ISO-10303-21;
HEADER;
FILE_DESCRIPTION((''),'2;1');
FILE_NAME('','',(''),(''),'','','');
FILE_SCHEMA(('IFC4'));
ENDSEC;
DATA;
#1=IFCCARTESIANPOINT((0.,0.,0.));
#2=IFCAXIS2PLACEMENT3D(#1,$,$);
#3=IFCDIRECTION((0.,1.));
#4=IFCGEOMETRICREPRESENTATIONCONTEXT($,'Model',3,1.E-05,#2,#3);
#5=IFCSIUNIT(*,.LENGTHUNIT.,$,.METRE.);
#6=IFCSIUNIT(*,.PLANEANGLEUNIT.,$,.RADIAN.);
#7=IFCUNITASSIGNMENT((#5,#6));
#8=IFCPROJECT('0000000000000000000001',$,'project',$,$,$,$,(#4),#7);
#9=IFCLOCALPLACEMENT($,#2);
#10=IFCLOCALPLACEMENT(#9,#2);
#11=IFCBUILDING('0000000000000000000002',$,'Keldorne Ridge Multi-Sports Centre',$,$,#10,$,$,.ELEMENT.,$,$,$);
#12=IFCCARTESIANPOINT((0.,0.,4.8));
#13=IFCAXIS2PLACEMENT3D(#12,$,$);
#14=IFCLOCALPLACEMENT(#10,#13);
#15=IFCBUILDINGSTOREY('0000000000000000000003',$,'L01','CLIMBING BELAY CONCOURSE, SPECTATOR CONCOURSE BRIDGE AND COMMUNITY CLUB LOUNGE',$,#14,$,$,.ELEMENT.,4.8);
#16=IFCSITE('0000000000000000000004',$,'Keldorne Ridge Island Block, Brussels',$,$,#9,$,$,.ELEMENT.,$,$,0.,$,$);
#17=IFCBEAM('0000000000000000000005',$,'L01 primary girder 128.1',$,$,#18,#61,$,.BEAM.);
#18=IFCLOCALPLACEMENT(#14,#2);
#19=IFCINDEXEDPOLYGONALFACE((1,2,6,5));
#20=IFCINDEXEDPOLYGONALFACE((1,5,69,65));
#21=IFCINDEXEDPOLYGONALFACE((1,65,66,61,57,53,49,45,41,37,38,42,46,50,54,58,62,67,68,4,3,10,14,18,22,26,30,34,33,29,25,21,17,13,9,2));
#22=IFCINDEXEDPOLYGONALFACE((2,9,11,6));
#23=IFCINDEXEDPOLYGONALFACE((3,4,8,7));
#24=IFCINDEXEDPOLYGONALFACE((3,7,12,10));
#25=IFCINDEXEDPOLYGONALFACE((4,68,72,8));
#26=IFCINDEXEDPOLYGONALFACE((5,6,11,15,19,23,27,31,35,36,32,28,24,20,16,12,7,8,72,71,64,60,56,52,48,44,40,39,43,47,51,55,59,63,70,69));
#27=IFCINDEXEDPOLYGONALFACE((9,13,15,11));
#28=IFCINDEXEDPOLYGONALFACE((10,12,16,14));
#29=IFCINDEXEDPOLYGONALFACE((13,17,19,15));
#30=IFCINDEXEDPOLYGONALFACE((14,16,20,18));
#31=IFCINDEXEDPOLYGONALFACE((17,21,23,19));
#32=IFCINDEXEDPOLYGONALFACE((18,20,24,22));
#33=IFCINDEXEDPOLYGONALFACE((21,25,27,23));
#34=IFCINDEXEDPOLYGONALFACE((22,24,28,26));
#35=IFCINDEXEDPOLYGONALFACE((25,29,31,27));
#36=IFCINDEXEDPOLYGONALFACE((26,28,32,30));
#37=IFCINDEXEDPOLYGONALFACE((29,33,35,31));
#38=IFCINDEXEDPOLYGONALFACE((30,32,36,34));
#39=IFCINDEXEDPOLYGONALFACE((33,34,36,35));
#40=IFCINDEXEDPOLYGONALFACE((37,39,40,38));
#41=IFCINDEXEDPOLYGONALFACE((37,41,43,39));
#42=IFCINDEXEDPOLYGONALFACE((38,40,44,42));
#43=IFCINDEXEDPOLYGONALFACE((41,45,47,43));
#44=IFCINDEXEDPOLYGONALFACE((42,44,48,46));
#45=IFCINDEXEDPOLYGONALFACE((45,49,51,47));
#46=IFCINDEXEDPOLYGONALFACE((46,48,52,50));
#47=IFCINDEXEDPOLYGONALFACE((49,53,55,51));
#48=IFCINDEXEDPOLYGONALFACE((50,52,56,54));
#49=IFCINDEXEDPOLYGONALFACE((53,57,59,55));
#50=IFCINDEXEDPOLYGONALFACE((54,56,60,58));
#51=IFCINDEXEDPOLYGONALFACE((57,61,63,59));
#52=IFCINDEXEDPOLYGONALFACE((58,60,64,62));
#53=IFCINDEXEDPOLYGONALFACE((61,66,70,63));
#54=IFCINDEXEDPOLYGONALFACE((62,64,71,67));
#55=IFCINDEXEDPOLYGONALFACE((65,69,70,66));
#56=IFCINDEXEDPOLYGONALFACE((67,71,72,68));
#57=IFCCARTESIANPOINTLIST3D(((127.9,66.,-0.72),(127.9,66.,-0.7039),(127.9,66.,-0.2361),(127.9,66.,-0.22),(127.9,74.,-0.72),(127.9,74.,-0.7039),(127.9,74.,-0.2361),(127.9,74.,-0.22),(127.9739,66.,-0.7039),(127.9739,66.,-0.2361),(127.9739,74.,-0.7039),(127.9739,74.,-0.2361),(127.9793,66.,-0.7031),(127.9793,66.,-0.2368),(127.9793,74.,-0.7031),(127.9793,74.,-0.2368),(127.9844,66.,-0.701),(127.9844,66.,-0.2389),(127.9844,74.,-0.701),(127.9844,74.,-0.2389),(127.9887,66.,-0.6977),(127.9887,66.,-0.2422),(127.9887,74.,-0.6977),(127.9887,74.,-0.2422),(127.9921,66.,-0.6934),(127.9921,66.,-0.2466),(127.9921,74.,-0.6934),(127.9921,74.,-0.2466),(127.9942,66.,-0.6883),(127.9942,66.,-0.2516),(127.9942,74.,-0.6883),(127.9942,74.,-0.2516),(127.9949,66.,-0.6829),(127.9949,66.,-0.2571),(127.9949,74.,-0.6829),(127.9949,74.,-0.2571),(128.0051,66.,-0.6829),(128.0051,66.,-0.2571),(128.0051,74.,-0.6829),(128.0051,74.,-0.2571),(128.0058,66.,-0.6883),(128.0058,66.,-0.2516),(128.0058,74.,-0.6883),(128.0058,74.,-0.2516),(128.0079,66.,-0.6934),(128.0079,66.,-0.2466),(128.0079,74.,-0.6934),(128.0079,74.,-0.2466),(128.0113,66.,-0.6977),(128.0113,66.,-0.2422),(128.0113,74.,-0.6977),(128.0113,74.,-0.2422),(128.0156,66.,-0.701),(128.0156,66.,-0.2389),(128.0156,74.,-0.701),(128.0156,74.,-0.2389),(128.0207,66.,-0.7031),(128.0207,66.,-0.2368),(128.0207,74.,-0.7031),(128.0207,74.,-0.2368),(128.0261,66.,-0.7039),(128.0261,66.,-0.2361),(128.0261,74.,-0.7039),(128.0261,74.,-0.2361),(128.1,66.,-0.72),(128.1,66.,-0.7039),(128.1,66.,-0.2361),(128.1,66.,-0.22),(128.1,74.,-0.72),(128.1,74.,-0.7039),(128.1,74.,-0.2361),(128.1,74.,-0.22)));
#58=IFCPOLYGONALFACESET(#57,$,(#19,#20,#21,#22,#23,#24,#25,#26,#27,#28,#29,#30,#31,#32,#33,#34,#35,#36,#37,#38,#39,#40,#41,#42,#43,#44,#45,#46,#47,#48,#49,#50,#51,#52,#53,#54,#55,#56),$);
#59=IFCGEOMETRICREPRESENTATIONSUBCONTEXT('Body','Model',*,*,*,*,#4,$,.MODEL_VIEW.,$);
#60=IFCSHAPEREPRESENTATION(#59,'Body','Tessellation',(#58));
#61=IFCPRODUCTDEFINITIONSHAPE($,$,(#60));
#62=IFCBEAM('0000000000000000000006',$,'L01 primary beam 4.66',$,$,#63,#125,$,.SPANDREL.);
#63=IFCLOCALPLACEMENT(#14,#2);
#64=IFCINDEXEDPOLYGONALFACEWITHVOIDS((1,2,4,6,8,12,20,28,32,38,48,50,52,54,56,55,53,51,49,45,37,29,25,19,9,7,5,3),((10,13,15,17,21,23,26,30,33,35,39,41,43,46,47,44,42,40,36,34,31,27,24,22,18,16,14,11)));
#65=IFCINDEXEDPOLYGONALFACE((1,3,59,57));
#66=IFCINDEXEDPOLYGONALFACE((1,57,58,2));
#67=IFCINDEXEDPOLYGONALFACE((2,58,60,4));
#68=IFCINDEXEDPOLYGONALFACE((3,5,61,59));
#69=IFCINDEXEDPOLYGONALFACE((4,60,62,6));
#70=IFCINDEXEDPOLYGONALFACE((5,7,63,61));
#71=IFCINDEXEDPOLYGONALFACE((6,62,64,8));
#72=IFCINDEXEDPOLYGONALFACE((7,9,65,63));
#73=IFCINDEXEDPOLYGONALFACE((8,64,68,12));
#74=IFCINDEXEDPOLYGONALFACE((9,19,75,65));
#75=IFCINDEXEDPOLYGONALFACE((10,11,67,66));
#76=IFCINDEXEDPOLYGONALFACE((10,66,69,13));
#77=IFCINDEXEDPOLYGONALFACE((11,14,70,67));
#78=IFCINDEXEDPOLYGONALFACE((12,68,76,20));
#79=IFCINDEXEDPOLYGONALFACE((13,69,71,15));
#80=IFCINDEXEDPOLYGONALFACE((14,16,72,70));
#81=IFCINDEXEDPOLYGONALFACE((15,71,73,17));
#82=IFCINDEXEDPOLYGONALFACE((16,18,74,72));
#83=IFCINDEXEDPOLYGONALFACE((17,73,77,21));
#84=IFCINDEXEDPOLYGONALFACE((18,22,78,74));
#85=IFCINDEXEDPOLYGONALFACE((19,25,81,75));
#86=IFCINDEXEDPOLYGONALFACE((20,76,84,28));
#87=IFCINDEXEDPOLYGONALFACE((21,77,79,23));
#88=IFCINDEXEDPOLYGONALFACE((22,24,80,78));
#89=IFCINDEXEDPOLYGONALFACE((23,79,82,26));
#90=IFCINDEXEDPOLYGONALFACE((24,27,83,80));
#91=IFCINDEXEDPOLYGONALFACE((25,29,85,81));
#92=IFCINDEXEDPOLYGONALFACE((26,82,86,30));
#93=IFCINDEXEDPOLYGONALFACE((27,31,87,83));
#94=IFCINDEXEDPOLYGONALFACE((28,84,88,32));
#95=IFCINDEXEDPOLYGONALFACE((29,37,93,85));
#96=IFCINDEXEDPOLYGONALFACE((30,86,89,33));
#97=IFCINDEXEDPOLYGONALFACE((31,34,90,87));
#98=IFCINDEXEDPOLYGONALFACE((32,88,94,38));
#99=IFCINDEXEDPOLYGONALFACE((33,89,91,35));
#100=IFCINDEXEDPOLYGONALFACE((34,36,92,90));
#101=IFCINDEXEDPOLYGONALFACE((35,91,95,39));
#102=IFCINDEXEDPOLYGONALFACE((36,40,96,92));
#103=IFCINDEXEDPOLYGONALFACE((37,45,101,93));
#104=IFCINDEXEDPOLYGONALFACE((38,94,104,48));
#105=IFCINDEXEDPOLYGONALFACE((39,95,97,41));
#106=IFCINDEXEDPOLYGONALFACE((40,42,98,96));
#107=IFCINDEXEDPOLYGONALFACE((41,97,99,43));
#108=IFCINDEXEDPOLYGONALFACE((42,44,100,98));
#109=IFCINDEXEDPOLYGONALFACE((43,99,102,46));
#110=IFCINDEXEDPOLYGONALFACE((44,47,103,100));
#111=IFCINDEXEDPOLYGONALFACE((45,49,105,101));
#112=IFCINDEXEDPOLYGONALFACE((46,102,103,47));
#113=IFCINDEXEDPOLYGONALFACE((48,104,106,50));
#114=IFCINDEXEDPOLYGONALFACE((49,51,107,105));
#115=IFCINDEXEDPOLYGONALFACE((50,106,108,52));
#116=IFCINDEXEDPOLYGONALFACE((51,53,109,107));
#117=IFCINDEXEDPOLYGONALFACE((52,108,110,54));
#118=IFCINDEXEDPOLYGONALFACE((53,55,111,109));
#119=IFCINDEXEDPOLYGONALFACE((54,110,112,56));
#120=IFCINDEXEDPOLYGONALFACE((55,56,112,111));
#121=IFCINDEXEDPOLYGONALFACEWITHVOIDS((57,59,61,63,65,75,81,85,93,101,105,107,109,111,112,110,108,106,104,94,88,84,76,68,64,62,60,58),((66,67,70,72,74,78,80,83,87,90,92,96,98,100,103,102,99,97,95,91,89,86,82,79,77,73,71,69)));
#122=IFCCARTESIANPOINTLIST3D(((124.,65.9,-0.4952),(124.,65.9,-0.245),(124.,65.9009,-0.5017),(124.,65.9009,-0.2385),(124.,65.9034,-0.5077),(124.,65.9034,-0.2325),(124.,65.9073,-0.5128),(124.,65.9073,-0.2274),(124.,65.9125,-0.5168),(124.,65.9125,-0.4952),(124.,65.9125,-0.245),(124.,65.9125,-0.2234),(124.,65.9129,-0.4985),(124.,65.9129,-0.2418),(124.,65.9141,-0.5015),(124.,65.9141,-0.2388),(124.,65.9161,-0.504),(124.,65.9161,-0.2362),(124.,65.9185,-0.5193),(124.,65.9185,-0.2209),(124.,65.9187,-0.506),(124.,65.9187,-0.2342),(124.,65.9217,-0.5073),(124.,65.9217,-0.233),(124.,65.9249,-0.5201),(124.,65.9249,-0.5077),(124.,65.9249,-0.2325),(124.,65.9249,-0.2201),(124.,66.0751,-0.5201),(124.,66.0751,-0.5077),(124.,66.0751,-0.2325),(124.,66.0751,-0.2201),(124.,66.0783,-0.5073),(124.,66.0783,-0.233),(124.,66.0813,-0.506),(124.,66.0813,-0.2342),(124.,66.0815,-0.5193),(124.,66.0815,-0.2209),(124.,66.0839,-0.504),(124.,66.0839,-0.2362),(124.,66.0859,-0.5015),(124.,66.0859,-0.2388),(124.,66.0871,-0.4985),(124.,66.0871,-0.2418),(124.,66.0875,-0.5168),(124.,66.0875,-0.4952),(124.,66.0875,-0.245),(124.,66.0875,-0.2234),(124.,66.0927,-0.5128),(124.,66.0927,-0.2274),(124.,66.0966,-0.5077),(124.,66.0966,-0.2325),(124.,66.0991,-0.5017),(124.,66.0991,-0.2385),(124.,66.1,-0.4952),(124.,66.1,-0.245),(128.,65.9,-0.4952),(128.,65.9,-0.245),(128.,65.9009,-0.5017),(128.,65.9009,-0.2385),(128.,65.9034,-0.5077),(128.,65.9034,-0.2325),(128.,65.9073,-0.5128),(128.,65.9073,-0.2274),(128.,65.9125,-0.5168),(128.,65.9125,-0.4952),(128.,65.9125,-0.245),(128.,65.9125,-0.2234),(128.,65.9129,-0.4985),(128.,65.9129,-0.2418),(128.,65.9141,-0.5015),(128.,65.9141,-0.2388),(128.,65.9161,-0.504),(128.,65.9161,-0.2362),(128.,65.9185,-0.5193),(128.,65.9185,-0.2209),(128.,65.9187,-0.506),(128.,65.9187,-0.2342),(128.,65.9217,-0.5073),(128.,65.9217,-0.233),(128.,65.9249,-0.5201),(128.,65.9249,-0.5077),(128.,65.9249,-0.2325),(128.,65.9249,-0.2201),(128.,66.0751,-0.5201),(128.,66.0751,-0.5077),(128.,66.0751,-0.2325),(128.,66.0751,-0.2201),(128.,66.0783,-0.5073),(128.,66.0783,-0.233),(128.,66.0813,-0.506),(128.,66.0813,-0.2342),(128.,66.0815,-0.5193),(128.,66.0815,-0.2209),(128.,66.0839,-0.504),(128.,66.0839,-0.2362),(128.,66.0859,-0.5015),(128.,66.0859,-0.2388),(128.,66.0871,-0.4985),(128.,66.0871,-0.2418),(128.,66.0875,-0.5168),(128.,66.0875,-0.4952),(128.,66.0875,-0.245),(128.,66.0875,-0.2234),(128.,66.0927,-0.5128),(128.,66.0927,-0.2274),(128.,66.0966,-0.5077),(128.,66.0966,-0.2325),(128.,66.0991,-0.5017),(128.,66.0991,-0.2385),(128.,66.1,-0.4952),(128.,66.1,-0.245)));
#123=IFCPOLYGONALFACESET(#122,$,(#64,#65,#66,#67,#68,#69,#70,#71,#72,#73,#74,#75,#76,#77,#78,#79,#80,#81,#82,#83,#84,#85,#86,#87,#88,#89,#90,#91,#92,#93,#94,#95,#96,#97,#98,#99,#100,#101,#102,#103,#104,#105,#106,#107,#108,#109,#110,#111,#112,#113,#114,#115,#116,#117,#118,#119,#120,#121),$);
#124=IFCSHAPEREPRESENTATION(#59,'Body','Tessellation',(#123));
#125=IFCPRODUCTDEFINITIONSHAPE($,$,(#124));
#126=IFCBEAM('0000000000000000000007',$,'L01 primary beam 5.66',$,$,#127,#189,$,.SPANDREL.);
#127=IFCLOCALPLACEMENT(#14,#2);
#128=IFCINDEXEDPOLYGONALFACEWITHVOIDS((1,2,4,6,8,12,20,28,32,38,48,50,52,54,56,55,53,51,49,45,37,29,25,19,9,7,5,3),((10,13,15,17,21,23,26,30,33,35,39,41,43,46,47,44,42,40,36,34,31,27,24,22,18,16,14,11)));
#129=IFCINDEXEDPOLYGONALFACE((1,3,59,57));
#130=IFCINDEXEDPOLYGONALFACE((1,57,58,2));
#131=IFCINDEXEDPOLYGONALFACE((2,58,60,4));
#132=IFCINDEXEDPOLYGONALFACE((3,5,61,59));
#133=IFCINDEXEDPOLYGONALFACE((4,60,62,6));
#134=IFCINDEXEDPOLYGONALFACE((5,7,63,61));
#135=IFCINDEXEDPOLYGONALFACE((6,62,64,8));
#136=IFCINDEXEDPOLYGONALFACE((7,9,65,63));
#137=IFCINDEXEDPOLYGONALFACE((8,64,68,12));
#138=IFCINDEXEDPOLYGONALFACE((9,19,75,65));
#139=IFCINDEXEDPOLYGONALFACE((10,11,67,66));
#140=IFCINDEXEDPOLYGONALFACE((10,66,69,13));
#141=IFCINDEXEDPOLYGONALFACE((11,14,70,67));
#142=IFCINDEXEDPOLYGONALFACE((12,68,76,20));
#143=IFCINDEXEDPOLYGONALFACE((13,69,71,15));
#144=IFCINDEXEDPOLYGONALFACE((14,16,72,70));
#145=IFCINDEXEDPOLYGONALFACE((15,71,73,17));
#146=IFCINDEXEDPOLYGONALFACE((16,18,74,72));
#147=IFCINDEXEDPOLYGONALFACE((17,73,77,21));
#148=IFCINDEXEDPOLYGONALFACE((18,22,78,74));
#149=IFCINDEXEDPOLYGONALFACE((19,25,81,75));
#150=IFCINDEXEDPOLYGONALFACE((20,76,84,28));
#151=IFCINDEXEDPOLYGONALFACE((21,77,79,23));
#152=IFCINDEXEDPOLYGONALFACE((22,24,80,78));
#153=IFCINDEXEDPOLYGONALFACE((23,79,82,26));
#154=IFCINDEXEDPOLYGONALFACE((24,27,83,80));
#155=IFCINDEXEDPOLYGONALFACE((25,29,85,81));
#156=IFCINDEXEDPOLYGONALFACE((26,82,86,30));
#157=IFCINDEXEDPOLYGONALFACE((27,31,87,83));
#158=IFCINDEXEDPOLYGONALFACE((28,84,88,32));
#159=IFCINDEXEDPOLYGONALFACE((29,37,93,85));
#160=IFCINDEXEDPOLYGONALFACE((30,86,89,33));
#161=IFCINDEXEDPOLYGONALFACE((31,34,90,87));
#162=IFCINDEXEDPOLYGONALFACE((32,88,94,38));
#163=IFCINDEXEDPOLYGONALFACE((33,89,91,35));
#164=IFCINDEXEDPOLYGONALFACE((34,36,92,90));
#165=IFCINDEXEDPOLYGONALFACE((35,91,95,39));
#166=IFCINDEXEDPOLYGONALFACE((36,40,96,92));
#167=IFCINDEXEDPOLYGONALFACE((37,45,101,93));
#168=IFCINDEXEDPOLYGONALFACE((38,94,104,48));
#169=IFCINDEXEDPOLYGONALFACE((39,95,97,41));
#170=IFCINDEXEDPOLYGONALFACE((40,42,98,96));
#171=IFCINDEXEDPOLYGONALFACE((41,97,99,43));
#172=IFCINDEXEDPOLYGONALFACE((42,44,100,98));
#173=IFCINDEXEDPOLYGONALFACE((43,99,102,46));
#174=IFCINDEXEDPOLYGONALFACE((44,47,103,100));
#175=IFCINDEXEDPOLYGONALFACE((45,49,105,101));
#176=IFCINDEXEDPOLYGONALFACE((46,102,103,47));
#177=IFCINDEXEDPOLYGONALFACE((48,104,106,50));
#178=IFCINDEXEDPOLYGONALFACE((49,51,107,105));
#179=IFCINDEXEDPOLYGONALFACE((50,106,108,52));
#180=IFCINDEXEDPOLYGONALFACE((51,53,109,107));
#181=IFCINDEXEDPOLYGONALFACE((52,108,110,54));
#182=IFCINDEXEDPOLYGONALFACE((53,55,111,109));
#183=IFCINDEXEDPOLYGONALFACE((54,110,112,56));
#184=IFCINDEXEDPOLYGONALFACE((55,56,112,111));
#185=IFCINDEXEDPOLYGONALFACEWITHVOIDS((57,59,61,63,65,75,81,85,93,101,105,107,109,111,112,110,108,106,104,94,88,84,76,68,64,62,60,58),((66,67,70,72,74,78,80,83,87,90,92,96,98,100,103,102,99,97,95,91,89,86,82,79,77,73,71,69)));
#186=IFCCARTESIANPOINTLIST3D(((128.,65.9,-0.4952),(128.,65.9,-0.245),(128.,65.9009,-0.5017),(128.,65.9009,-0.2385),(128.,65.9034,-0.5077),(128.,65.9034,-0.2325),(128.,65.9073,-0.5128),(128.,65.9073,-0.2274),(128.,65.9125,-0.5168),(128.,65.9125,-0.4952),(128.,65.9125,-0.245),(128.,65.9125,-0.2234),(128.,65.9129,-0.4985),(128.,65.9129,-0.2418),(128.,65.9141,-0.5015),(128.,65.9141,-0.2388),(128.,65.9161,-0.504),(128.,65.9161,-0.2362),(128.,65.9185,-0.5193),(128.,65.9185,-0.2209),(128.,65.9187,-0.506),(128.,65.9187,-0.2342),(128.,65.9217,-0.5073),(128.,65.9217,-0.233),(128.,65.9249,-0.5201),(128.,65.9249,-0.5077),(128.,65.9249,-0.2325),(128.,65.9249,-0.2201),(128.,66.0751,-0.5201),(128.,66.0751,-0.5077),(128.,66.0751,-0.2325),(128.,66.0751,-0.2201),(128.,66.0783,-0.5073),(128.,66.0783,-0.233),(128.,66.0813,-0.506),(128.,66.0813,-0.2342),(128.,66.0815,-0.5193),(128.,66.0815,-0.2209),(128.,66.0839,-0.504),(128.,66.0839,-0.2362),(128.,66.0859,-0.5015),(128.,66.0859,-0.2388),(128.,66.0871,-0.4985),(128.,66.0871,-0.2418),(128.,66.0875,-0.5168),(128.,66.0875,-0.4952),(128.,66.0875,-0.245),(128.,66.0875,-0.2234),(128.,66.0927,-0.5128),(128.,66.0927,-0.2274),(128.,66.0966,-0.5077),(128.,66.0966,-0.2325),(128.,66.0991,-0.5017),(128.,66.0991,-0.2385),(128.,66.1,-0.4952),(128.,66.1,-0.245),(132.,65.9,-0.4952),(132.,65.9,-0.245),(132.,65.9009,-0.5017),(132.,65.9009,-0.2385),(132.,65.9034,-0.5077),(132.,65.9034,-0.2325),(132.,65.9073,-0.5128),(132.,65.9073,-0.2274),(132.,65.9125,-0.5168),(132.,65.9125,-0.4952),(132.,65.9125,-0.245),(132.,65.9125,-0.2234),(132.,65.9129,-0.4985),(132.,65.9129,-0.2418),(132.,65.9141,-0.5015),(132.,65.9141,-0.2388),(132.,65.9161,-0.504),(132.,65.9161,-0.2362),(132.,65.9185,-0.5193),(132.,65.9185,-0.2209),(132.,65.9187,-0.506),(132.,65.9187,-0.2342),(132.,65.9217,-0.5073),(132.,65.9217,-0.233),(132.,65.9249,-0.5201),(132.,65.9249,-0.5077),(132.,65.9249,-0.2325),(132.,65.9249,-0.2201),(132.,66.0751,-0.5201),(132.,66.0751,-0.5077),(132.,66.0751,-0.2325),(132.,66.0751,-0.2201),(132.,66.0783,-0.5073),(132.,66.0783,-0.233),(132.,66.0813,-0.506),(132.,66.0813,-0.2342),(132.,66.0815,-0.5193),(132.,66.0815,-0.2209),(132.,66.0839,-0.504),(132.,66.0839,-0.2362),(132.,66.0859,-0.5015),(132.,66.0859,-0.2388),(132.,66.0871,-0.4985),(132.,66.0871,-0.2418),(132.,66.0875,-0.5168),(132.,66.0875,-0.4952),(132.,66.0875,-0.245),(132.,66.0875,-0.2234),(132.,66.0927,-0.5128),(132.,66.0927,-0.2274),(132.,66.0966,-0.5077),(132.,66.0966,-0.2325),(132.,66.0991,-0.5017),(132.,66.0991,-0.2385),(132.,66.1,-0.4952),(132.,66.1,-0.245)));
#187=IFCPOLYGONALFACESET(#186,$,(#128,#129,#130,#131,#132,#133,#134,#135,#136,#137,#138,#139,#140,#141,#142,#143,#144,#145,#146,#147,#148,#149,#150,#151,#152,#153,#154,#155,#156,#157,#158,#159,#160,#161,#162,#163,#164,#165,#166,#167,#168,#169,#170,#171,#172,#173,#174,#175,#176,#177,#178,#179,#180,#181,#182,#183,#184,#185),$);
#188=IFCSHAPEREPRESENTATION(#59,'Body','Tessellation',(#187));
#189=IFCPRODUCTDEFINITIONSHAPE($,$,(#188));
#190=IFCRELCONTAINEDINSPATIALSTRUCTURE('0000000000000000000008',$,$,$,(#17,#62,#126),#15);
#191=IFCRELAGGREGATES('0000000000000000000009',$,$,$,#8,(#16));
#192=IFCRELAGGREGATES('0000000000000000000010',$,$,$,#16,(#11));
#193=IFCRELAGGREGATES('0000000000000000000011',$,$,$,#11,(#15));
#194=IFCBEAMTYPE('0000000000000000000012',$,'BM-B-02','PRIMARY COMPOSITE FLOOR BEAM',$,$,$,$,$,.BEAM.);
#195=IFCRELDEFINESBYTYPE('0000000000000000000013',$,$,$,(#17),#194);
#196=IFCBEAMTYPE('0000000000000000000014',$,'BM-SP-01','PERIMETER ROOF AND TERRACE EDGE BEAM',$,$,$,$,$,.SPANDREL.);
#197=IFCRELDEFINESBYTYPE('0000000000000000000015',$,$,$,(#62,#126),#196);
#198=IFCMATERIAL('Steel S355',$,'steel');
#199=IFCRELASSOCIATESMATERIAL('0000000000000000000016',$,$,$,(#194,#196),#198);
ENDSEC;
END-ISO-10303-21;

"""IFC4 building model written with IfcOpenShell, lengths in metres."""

from ifc_helpers import new_model, si_unit, direction, frame, origin, origin_2d, place, context, subcontext, project, spatial, hollow_rectangle, i_section, extrude, material, material_profile, profile_set, type_object, element, save


model = new_model("IFC4")

# Units and contexts
model_context = context("Model", 3, precision=1e-05, world=origin(), true_north=direction((0.0, 1.0)))
body_context = subcontext(model_context, "Body", "Model", "MODEL_VIEW")
ifc_project = project(units=[si_unit("LENGTHUNIT", "METRE"), si_unit("PLANEANGLEUNIT", "RADIAN")], contexts=[model_context])

# Site, building, storey
site_placement = place(None, origin())
site = spatial("IfcSite", under=ifc_project, at=site_placement, Name="Keldorne Ridge Island Block, Brussels", CompositionType="ELEMENT", RefElevation=0.0)
building_placement = place(site_placement, origin())
building = spatial("IfcBuilding", under=site, at=building_placement, Name="Keldorne Ridge Multi-Sports Centre", CompositionType="ELEMENT")
storey_placement = place(building_placement, frame((0.0, 0.0, 4.8)))
storey = spatial("IfcBuildingStorey", under=building, at=storey_placement, Name="L01", Description="CLIMBING BELAY CONCOURSE, SPECTATOR CONCOURSE BRIDGE AND COMMUNITY CLUB LOUNGE", CompositionType="ELEMENT", Elevation=4.8)

# Shared definitions
ifc_material_1 = material(Name="Steel S355", Category="steel")

# Beams
ifc_material_profile_1 = material_profile(ifc_material_1, i_section(OverallWidth=0.2, OverallDepth=0.5, WebThickness=0.0103, FlangeThickness=0.0161, FilletRadius=0.021, at=origin_2d()), Name="IPE 500")
ifc_profile_set_1 = profile_set([ifc_material_profile_1], Name="Steel S355")
beam_type_1 = type_object("IfcBeamType", Name="BM-B-02", Description="PRIMARY COMPOSITE FLOOR BEAM", PredefinedType="BEAM", material=ifc_profile_set_1)
for number, where, z_axis, x_axis, name in (
    (1, (128.0, 66.0, -0.47), (0.0, 1.0, 0.0), (-1.0, 0.0, 0.0), "L01 primary girder 128.1"),
):
    element("IfcBeam", number, at=place(storey_placement, frame(where, z_axis=z_axis, x_axis=x_axis)), inside=storey, type_object=beam_type_1, Name=name, PredefinedType="BEAM", context=body_context, shape_type="SweptSolid", body=[
        extrude(i_section(OverallWidth=0.2, OverallDepth=0.5, WebThickness=0.0103, FlangeThickness=0.0161, FilletRadius=0.021, at=origin_2d()), origin(), (0.0, 0.0, 1.0), 8.0),
    ])
ifc_material_profile_2 = material_profile(ifc_material_1, hollow_rectangle(XDim=0.2, YDim=0.3, WallThickness=0.0125, InnerFilletRadius=0.0125, OuterFilletRadius=0.0249, at=origin_2d()), Name="RHS 300x200x12.5")
ifc_profile_set_2 = profile_set([ifc_material_profile_2], Name="Steel S355")
beam_type_2 = type_object("IfcBeamType", Name="BM-SP-01", Description="PERIMETER ROOF AND TERRACE EDGE BEAM", PredefinedType="SPANDREL", material=ifc_profile_set_2)
for number, where, z_axis, x_axis, name in (
    (2, (124.0, 66.0, -0.3701), (1.0, 0.0, 0.0), (0.0, 1.0, 0.0), "L01 primary beam 4.66"),
    (3, (128.0, 66.0, -0.3701), (1.0, 0.0, 0.0), (0.0, 1.0, 0.0), "L01 primary beam 5.66"),
):
    element("IfcBeam", number, at=place(storey_placement, frame(where, z_axis=z_axis, x_axis=x_axis)), inside=storey, type_object=beam_type_2, Name=name, PredefinedType="SPANDREL", context=body_context, shape_type="SweptSolid", body=[
        extrude(hollow_rectangle(XDim=0.2, YDim=0.3, WallThickness=0.0125, InnerFilletRadius=0.0125, OuterFilletRadius=0.0249, at=origin_2d()), origin(), (0.0, 0.0, 1.0), 4.0),
    ])

save(model, "model.ifc")
